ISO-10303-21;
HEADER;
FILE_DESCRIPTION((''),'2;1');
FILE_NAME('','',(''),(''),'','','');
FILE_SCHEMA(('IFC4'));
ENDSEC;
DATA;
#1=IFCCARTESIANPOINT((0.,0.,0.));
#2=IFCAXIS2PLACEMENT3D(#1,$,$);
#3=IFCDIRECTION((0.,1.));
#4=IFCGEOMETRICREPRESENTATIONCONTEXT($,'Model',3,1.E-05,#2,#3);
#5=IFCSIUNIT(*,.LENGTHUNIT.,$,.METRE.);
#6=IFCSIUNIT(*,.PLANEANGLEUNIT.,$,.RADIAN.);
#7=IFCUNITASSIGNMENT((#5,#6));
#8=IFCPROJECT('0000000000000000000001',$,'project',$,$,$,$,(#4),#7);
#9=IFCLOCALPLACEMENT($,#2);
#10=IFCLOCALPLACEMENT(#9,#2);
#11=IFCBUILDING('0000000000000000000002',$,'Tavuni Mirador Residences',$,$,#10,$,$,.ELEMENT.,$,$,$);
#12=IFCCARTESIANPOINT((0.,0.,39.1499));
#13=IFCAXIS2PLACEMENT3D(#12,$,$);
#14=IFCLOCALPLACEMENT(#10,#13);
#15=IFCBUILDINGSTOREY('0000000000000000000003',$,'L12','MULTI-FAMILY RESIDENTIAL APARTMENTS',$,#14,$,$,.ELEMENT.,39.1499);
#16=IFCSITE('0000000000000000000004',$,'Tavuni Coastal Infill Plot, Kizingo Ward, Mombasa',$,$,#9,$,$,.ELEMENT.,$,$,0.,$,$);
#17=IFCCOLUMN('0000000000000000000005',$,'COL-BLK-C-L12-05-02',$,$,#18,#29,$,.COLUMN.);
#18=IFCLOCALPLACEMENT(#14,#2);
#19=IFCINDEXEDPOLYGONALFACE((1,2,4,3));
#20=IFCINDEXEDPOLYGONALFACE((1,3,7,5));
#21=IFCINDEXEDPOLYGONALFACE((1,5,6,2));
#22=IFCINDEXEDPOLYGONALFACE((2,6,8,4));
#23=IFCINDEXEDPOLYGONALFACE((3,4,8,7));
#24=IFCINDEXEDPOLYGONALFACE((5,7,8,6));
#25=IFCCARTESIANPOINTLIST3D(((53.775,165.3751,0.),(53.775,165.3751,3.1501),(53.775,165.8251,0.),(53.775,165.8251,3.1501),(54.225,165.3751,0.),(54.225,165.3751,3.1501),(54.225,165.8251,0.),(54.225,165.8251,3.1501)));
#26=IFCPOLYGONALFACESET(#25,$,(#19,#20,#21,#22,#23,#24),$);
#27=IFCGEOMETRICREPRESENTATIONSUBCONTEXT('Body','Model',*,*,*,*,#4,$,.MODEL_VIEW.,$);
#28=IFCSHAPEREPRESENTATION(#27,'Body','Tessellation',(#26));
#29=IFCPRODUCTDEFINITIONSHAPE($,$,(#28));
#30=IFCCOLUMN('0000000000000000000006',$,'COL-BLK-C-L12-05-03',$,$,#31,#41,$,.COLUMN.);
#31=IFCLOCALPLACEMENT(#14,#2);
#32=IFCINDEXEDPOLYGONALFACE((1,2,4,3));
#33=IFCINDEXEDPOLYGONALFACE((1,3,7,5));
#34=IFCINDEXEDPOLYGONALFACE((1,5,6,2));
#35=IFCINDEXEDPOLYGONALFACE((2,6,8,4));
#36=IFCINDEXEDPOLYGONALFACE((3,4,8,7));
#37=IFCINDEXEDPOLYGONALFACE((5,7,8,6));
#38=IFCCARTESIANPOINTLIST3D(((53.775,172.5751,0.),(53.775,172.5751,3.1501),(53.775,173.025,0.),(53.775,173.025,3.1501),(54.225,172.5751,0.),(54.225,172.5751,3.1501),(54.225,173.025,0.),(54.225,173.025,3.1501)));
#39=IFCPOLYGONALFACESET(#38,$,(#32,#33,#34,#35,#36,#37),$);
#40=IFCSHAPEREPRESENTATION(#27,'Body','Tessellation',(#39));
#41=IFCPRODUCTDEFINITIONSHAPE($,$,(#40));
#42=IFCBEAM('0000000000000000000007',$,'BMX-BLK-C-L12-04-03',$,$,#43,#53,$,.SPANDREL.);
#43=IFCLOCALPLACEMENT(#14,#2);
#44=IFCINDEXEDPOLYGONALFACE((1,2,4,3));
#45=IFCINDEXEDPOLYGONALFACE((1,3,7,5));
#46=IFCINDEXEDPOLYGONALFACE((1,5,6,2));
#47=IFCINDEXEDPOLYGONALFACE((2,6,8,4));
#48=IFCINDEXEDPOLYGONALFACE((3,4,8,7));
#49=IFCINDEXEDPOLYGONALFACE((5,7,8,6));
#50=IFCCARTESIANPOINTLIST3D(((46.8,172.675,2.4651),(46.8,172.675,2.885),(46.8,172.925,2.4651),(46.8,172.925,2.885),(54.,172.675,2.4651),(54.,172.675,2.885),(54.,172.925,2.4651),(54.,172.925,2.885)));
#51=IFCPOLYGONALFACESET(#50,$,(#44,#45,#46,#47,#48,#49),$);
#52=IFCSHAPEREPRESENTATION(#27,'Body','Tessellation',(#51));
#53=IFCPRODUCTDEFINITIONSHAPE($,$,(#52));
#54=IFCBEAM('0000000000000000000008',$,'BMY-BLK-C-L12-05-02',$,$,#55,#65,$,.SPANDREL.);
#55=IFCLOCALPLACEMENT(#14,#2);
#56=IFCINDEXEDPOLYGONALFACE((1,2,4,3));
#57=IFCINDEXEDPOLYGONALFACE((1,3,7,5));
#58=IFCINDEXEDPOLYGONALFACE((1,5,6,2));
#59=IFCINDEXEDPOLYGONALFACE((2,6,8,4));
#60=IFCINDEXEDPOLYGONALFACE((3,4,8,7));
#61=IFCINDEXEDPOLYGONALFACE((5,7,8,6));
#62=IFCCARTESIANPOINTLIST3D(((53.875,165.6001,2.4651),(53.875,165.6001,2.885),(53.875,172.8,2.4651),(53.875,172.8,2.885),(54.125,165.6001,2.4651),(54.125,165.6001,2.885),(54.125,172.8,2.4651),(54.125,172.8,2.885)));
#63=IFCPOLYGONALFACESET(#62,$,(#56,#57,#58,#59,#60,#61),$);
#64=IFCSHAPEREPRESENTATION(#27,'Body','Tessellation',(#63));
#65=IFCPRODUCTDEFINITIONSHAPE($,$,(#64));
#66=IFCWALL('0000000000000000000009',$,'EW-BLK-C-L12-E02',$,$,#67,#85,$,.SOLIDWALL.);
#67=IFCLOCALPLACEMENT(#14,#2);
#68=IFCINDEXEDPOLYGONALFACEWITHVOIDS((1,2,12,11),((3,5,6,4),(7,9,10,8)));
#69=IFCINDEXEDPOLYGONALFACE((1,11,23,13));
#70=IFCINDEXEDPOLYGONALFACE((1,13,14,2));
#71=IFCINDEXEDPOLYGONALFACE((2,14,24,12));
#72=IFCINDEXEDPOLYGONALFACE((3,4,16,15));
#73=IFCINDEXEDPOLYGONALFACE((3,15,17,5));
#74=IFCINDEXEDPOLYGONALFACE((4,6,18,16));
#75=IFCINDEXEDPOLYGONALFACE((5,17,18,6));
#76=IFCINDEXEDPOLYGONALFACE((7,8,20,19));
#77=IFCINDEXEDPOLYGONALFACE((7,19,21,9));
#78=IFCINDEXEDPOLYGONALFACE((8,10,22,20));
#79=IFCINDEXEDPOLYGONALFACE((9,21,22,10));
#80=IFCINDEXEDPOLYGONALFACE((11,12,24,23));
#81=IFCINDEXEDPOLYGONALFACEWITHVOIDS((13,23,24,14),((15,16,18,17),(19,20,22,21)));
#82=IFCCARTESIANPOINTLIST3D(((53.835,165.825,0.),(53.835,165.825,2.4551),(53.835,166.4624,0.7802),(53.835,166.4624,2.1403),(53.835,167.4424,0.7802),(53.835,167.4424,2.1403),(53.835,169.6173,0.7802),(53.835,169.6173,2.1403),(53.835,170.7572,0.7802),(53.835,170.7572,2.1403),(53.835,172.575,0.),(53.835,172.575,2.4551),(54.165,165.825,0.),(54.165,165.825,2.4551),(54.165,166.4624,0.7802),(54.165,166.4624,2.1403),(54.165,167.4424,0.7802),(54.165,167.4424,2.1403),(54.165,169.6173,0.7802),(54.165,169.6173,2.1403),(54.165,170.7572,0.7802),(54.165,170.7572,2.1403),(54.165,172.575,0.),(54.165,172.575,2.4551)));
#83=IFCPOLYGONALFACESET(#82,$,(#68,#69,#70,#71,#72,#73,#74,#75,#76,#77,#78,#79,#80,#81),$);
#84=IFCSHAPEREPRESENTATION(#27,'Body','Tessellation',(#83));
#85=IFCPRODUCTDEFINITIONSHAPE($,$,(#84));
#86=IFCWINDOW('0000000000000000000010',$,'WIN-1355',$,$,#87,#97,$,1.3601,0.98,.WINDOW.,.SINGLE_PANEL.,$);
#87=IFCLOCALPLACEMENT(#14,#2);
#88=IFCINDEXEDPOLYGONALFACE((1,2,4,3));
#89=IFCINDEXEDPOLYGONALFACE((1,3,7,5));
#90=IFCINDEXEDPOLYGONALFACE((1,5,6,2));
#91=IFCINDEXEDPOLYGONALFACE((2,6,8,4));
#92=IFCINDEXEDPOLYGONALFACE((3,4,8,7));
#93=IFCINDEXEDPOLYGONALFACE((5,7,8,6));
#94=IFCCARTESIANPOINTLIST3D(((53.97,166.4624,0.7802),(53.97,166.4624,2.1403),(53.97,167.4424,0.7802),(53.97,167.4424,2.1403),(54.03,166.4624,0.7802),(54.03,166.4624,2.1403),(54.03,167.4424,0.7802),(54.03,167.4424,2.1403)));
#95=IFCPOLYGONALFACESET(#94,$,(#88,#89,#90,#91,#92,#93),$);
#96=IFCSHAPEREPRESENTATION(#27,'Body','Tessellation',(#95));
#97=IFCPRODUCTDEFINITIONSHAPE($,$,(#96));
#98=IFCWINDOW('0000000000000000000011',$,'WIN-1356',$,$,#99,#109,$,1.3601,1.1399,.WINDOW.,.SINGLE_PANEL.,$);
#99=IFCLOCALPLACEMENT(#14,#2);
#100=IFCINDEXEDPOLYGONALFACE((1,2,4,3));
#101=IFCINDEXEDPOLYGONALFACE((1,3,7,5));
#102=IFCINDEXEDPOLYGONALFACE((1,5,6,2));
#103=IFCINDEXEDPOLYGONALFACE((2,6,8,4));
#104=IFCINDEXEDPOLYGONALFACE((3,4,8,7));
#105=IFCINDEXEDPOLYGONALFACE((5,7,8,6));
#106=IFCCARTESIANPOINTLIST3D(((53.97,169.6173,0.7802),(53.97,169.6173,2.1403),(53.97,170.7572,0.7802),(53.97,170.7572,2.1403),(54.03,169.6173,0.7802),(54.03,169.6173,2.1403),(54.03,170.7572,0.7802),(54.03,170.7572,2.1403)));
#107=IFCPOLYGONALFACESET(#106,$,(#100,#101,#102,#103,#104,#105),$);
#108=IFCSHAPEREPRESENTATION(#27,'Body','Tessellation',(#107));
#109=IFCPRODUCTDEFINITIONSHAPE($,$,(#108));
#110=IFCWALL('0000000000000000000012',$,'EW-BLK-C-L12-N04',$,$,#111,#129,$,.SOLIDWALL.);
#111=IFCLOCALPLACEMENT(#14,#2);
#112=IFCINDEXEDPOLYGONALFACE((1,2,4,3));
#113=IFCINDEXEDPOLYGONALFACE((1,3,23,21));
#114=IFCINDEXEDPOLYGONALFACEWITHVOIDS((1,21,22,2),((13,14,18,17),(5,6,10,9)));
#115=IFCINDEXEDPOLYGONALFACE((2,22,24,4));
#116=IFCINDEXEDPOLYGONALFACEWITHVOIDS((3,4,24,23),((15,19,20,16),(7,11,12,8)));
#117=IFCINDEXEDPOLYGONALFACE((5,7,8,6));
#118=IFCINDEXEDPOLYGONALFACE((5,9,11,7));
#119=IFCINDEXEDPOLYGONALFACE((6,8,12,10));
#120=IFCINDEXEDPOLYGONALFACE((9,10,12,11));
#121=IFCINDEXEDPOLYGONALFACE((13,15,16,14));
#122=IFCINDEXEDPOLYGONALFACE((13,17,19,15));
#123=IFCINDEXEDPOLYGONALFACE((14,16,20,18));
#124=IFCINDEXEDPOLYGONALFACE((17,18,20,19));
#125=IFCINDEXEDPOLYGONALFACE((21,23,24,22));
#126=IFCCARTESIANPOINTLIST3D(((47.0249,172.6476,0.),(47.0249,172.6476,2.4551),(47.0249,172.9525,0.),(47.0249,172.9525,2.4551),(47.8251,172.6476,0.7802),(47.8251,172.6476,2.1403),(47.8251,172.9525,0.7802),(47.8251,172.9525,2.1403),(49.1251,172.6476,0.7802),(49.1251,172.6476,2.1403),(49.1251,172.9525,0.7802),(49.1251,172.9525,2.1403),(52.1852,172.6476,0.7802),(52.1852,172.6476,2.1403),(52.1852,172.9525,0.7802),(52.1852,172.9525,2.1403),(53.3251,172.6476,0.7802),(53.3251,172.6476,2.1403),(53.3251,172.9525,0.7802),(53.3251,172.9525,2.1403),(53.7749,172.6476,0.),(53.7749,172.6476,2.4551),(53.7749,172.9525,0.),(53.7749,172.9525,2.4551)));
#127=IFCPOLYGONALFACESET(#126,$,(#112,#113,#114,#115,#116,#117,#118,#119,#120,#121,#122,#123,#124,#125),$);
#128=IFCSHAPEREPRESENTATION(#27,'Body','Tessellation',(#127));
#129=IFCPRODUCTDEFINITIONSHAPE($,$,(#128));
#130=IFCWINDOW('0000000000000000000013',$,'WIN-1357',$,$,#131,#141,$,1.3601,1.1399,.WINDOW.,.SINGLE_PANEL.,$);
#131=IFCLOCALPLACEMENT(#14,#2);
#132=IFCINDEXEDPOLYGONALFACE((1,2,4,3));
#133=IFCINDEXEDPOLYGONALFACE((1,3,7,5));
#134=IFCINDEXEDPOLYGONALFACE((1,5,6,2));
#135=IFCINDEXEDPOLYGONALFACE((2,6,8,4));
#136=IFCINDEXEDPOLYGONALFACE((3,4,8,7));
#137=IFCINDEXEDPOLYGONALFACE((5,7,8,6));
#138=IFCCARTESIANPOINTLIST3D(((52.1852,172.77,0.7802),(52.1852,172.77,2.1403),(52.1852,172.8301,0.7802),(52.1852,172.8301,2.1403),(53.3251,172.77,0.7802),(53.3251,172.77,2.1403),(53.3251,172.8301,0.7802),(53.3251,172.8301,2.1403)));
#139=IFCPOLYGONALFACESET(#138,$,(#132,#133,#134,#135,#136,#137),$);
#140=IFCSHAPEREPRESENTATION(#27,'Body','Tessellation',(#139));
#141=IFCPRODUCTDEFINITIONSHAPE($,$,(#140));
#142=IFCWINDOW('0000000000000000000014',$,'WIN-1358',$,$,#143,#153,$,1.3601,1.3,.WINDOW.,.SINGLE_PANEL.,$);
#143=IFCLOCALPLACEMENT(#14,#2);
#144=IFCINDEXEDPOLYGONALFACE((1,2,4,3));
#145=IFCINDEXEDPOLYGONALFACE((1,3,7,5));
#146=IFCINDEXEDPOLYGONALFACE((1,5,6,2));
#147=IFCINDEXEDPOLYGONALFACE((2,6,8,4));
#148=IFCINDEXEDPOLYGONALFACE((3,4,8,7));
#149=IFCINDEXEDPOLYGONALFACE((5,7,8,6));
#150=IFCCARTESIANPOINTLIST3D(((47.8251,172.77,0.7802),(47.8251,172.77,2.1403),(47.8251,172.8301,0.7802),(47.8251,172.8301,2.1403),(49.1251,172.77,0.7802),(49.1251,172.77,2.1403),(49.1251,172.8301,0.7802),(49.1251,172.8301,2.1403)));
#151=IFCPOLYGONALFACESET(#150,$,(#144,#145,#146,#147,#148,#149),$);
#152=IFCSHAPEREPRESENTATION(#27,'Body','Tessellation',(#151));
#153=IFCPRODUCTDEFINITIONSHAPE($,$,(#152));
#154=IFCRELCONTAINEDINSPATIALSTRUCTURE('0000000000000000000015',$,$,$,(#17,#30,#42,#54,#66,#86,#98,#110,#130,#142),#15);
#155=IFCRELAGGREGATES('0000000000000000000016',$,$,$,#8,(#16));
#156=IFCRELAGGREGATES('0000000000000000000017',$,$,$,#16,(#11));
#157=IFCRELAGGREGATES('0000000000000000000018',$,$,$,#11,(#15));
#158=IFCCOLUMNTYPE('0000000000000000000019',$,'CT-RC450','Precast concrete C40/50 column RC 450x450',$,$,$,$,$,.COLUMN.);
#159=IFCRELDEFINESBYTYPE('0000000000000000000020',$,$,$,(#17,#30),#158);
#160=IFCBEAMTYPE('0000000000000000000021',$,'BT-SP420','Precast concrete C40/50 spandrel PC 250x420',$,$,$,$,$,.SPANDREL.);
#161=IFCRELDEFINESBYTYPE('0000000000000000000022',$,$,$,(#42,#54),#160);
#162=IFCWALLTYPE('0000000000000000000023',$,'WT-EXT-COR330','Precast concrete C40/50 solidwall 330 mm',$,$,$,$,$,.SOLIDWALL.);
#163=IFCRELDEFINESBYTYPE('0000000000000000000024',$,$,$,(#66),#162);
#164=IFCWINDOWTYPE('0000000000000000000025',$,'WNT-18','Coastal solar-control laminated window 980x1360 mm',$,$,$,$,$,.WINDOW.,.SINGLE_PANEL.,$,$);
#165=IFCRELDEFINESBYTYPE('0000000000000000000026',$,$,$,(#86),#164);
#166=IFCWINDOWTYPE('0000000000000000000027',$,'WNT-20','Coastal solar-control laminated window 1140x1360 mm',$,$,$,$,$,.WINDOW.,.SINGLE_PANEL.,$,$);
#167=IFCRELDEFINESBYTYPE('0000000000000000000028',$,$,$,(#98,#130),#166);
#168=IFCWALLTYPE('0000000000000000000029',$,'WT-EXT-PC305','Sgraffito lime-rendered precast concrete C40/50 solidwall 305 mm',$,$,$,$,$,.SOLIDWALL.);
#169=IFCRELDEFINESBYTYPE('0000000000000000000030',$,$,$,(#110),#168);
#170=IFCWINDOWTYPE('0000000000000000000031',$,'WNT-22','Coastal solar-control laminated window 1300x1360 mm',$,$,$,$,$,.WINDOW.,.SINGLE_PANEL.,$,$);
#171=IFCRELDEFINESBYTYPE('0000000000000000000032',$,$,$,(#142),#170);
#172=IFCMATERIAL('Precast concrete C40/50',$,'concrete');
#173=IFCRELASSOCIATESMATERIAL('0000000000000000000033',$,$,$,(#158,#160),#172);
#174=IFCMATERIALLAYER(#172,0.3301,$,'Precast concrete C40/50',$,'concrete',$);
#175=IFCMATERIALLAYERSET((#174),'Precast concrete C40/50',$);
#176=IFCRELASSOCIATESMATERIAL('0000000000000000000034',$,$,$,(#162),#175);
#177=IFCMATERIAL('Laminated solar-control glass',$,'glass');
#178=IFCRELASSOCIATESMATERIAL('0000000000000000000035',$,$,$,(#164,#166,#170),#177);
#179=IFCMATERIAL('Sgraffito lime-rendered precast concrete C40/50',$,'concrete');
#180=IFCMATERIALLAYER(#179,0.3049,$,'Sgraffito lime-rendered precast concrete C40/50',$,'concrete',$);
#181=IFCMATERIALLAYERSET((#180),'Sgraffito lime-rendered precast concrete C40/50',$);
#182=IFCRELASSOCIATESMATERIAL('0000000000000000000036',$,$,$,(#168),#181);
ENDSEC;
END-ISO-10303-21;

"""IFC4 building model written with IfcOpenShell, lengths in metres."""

from ifc_helpers import new_model, si_unit, direction, frame, frame_2d, origin, origin_2d, place, context, subcontext, project, spatial, rectangle, extrude, material, layer, layer_set, material_profile, profile_set, type_object, element, fill, save


model = new_model("IFC4")

# Units and contexts
model_context = context("Model", 3, precision=1e-05, world=origin(), true_north=direction((0.0, 1.0)))
body_context = subcontext(model_context, "Body", "Model", "MODEL_VIEW")
ifc_project = project(units=[si_unit("LENGTHUNIT", "METRE"), si_unit("PLANEANGLEUNIT", "RADIAN")], contexts=[model_context])

# Site, building, storey
site_placement = place(None, origin())
site = spatial("IfcSite", under=ifc_project, at=site_placement, Name="Tavuni Coastal Infill Plot, Kizingo Ward, Mombasa", CompositionType="ELEMENT", RefElevation=0.0)
building_placement = place(site_placement, origin())
building = spatial("IfcBuilding", under=site, at=building_placement, Name="Tavuni Mirador Residences", CompositionType="ELEMENT")
storey_placement = place(building_placement, frame((0.0, 0.0, 39.1499)))
storey = spatial("IfcBuildingStorey", under=building, at=storey_placement, Name="L12", Description="MULTI-FAMILY RESIDENTIAL APARTMENTS", CompositionType="ELEMENT", Elevation=39.1499)

# Columns
ifc_material_1 = material(Name="Precast concrete C40/50", Category="concrete")
ifc_material_profile_1 = material_profile(ifc_material_1, rectangle(XDim=0.45, YDim=0.45, at=origin_2d()), Name="RC 450x450", Category="concrete")
ifc_profile_set_1 = profile_set([ifc_material_profile_1], Name="Precast concrete C40/50")
column_type = type_object("IfcColumnType", Name="CT-RC450", Description="Precast concrete C40/50 column RC 450x450", PredefinedType="COLUMN", material=ifc_profile_set_1)
for number, where, z_axis, x_axis, name in (
    (1, (54.0, 165.6001, 0.0), (0.0, 0.0, 1.0), (1.0, 0.0, 0.0), "COL-BLK-C-L12-05-02"),
    (2, (54.0, 172.8, 0.0), (0.0, 0.0, 1.0), (1.0, 0.0, 0.0), "COL-BLK-C-L12-05-03"),
):
    element("IfcColumn", number, at=place(storey_placement, frame(where, z_axis=z_axis, x_axis=x_axis)), inside=storey, type_object=column_type, Name=name, PredefinedType="COLUMN", context=body_context, shape_type="SweptSolid", body=[
        extrude(rectangle(XDim=0.45, YDim=0.45, at=origin_2d()), origin(), (0.0, 0.0, 1.0), 3.1501),
    ])

# Beams
ifc_material_profile_2 = material_profile(ifc_material_1, rectangle(XDim=0.25, YDim=0.4199, at=origin_2d()), Name="PC 250x420", Category="concrete")
ifc_profile_set_2 = profile_set([ifc_material_profile_2], Name="Precast concrete C40/50")
beam_type = type_object("IfcBeamType", Name="BT-SP420", Description="Precast concrete C40/50 spandrel PC 250x420", PredefinedType="SPANDREL", material=ifc_profile_set_2)
for number, where, z_axis, x_axis, name in (
    (3, (46.8, 172.8, 2.675), (1.0, 0.0, 0.0), (0.0, 1.0, 0.0), "BMX-BLK-C-L12-04-03"),
    (4, (54.0, 165.6001, 2.675), (0.0, 1.0, 0.0), (-1.0, 0.0, 0.0), "BMY-BLK-C-L12-05-02"),
):
    element("IfcBeam", number, at=place(storey_placement, frame(where, z_axis=z_axis, x_axis=x_axis)), inside=storey, type_object=beam_type, Name=name, PredefinedType="SPANDREL", context=body_context, shape_type="SweptSolid", body=[
        extrude(rectangle(XDim=0.25, YDim=0.4199, at=origin_2d()), origin(), (0.0, 0.0, 1.0), 7.2),
    ])

# Walls, openings, windows
ifc_layer_1 = layer(ifc_material_1, 0.3301, Name="Precast concrete C40/50", Category="concrete")
ifc_layer_set_1 = layer_set([ifc_layer_1], Name="Precast concrete C40/50")
wall_type_1 = type_object("IfcWallType", Name="WT-EXT-COR330", Description="Precast concrete C40/50 solidwall 330 mm", PredefinedType="SOLIDWALL", material=ifc_layer_set_1)
wall_1_placement = place(storey_placement, frame((54.0, 165.825, 0.0), z_axis=(0.0, 0.0, 1.0), x_axis=(0.0, 1.0, 0.0)))
wall_1 = element("IfcWall", 5, at=wall_1_placement, inside=storey, type_object=wall_type_1, Name="EW-BLK-C-L12-E02", PredefinedType="SOLIDWALL", context=body_context, shape_type="SweptSolid", body=[
    extrude(rectangle(XDim=6.75, YDim=0.3301, at=frame_2d((3.375, 0.0))), origin(), (0.0, 0.0, 1.0), 2.4551),
])
opening_1_placement = place(wall_1_placement, frame((0.6375, 0.0, 0.78)))
opening_1 = element("IfcOpeningElement", 6, at=opening_1_placement, cuts=wall_1, PredefinedType="OPENING", context=body_context, shape_type="SweptSolid", body=[
    extrude(rectangle(XDim=0.98, YDim=1.3601, at=frame_2d((0.49, 0.6802))), frame((0.0, 0.175, 0.0), z_axis=(0.0, -1.0, 0.0), x_axis=(1.0, 0.0, 0.0)), (0.0, 0.0, 1.0), 0.3501),
])
opening_2_placement = place(wall_1_placement, frame((3.7925, 0.0, 0.78)))
opening_2 = element("IfcOpeningElement", 7, at=opening_2_placement, cuts=wall_1, PredefinedType="OPENING", context=body_context, shape_type="SweptSolid", body=[
    extrude(rectangle(XDim=1.1399, YDim=1.3601, at=frame_2d((0.5698, 0.6802))), frame((0.0, 0.175, 0.0), z_axis=(0.0, -1.0, 0.0), x_axis=(1.0, 0.0, 0.0)), (0.0, 0.0, 1.0), 0.3501),
])
ifc_material_2 = material(Name="Laminated solar-control glass", Category="glass")
window_type_1 = type_object("IfcWindowType", Name="WNT-18", Description="Coastal solar-control laminated window 980x1360 mm", PartitioningType="SINGLE_PANEL", PredefinedType="WINDOW", material=ifc_material_2)
window_1_placement = place(opening_1_placement, origin())
window_1 = element("IfcWindow", 8, at=window_1_placement, inside=storey, type_object=window_type_1, Name="WIN-1355", OverallHeight=1.3601, OverallWidth=0.98, PartitioningType="SINGLE_PANEL", PredefinedType="WINDOW", context=body_context, shape_type="SweptSolid", body=[
    extrude(rectangle(XDim=0.98, YDim=1.3601, at=frame_2d((0.49, 0.6802))), frame((0.0, 0.03, 0.0), z_axis=(0.0, -1.0, 0.0), x_axis=(1.0, 0.0, 0.0)), (0.0, 0.0, 1.0), 0.0601),
])
fill(opening_1, window_1)
window_type_2 = type_object("IfcWindowType", Name="WNT-20", Description="Coastal solar-control laminated window 1140x1360 mm", PartitioningType="SINGLE_PANEL", PredefinedType="WINDOW", material=ifc_material_2)
window_2_placement = place(opening_2_placement, origin())
window_2 = element("IfcWindow", 9, at=window_2_placement, inside=storey, type_object=window_type_2, Name="WIN-1356", OverallHeight=1.3601, OverallWidth=1.1399, PartitioningType="SINGLE_PANEL", PredefinedType="WINDOW", context=body_context, shape_type="SweptSolid", body=[
    extrude(rectangle(XDim=1.1399, YDim=1.3601, at=frame_2d((0.5698, 0.6802))), frame((0.0, 0.03, 0.0), z_axis=(0.0, -1.0, 0.0), x_axis=(1.0, 0.0, 0.0)), (0.0, 0.0, 1.0), 0.0601),
])
fill(opening_2, window_2)
ifc_material_3 = material(Name="Sgraffito lime-rendered precast concrete C40/50", Category="concrete")
ifc_layer_2 = layer(ifc_material_3, 0.3049, Name="Sgraffito lime-rendered precast concrete C40/50", Category="concrete")
ifc_layer_set_2 = layer_set([ifc_layer_2], Name="Sgraffito lime-rendered precast concrete C40/50")
wall_type_2 = type_object("IfcWallType", Name="WT-EXT-PC305", Description="Sgraffito lime-rendered precast concrete C40/50 solidwall 305 mm", PredefinedType="SOLIDWALL", material=ifc_layer_set_2)
wall_2_placement = place(storey_placement, frame((53.7749, 172.8, 0.0), z_axis=(0.0, 0.0, 1.0), x_axis=(-1.0, 0.0, 0.0)))
wall_2 = element("IfcWall", 10, at=wall_2_placement, inside=storey, type_object=wall_type_2, Name="EW-BLK-C-L12-N04", PredefinedType="SOLIDWALL", context=body_context, shape_type="SweptSolid", body=[
    extrude(rectangle(XDim=6.75, YDim=0.3049, at=frame_2d((3.375, 0.0))), origin(), (0.0, 0.0, 1.0), 2.4551),
])
opening_3_placement = place(wall_2_placement, frame((0.45, 0.0, 0.78)))
opening_3 = element("IfcOpeningElement", 11, at=opening_3_placement, cuts=wall_2, PredefinedType="OPENING", context=body_context, shape_type="SweptSolid", body=[
    extrude(rectangle(XDim=1.1399, YDim=1.3601, at=frame_2d((0.5698, 0.6802))), frame((0.0, 0.1626, 0.0), z_axis=(0.0, -1.0, 0.0), x_axis=(1.0, 0.0, 0.0)), (0.0, 0.0, 1.0), 0.325),
])
opening_4_placement = place(wall_2_placement, frame((4.6499, 0.0, 0.78)))
opening_4 = element("IfcOpeningElement", 12, at=opening_4_placement, cuts=wall_2, PredefinedType="OPENING", context=body_context, shape_type="SweptSolid", body=[
    extrude(rectangle(XDim=1.3, YDim=1.3601, at=frame_2d((0.6499, 0.6802))), frame((0.0, 0.1626, 0.0), z_axis=(0.0, -1.0, 0.0), x_axis=(1.0, 0.0, 0.0)), (0.0, 0.0, 1.0), 0.325),
])
window_3_placement = place(opening_3_placement, origin())
window_3 = element("IfcWindow", 13, at=window_3_placement, inside=storey, type_object=window_type_2, Name="WIN-1357", OverallHeight=1.3601, OverallWidth=1.1399, PartitioningType="SINGLE_PANEL", PredefinedType="WINDOW", context=body_context, shape_type="SweptSolid", body=[
    extrude(rectangle(XDim=1.1399, YDim=1.3601, at=frame_2d((0.5698, 0.6802))), frame((0.0, 0.03, 0.0), z_axis=(0.0, -1.0, 0.0), x_axis=(1.0, 0.0, 0.0)), (0.0, 0.0, 1.0), 0.0601),
])
fill(opening_3, window_3)
window_type_3 = type_object("IfcWindowType", Name="WNT-22", Description="Coastal solar-control laminated window 1300x1360 mm", PartitioningType="SINGLE_PANEL", PredefinedType="WINDOW", material=ifc_material_2)
window_4_placement = place(opening_4_placement, origin())
window_4 = element("IfcWindow", 14, at=window_4_placement, inside=storey, type_object=window_type_3, Name="WIN-1358", OverallHeight=1.3601, OverallWidth=1.3, PartitioningType="SINGLE_PANEL", PredefinedType="WINDOW", context=body_context, shape_type="SweptSolid", body=[
    extrude(rectangle(XDim=1.3, YDim=1.3601, at=frame_2d((0.6499, 0.6802))), frame((0.0, 0.03, 0.0), z_axis=(0.0, -1.0, 0.0), x_axis=(1.0, 0.0, 0.0)), (0.0, 0.0, 1.0), 0.0601),
])
fill(opening_4, window_4)

save(model, "model.ifc")
